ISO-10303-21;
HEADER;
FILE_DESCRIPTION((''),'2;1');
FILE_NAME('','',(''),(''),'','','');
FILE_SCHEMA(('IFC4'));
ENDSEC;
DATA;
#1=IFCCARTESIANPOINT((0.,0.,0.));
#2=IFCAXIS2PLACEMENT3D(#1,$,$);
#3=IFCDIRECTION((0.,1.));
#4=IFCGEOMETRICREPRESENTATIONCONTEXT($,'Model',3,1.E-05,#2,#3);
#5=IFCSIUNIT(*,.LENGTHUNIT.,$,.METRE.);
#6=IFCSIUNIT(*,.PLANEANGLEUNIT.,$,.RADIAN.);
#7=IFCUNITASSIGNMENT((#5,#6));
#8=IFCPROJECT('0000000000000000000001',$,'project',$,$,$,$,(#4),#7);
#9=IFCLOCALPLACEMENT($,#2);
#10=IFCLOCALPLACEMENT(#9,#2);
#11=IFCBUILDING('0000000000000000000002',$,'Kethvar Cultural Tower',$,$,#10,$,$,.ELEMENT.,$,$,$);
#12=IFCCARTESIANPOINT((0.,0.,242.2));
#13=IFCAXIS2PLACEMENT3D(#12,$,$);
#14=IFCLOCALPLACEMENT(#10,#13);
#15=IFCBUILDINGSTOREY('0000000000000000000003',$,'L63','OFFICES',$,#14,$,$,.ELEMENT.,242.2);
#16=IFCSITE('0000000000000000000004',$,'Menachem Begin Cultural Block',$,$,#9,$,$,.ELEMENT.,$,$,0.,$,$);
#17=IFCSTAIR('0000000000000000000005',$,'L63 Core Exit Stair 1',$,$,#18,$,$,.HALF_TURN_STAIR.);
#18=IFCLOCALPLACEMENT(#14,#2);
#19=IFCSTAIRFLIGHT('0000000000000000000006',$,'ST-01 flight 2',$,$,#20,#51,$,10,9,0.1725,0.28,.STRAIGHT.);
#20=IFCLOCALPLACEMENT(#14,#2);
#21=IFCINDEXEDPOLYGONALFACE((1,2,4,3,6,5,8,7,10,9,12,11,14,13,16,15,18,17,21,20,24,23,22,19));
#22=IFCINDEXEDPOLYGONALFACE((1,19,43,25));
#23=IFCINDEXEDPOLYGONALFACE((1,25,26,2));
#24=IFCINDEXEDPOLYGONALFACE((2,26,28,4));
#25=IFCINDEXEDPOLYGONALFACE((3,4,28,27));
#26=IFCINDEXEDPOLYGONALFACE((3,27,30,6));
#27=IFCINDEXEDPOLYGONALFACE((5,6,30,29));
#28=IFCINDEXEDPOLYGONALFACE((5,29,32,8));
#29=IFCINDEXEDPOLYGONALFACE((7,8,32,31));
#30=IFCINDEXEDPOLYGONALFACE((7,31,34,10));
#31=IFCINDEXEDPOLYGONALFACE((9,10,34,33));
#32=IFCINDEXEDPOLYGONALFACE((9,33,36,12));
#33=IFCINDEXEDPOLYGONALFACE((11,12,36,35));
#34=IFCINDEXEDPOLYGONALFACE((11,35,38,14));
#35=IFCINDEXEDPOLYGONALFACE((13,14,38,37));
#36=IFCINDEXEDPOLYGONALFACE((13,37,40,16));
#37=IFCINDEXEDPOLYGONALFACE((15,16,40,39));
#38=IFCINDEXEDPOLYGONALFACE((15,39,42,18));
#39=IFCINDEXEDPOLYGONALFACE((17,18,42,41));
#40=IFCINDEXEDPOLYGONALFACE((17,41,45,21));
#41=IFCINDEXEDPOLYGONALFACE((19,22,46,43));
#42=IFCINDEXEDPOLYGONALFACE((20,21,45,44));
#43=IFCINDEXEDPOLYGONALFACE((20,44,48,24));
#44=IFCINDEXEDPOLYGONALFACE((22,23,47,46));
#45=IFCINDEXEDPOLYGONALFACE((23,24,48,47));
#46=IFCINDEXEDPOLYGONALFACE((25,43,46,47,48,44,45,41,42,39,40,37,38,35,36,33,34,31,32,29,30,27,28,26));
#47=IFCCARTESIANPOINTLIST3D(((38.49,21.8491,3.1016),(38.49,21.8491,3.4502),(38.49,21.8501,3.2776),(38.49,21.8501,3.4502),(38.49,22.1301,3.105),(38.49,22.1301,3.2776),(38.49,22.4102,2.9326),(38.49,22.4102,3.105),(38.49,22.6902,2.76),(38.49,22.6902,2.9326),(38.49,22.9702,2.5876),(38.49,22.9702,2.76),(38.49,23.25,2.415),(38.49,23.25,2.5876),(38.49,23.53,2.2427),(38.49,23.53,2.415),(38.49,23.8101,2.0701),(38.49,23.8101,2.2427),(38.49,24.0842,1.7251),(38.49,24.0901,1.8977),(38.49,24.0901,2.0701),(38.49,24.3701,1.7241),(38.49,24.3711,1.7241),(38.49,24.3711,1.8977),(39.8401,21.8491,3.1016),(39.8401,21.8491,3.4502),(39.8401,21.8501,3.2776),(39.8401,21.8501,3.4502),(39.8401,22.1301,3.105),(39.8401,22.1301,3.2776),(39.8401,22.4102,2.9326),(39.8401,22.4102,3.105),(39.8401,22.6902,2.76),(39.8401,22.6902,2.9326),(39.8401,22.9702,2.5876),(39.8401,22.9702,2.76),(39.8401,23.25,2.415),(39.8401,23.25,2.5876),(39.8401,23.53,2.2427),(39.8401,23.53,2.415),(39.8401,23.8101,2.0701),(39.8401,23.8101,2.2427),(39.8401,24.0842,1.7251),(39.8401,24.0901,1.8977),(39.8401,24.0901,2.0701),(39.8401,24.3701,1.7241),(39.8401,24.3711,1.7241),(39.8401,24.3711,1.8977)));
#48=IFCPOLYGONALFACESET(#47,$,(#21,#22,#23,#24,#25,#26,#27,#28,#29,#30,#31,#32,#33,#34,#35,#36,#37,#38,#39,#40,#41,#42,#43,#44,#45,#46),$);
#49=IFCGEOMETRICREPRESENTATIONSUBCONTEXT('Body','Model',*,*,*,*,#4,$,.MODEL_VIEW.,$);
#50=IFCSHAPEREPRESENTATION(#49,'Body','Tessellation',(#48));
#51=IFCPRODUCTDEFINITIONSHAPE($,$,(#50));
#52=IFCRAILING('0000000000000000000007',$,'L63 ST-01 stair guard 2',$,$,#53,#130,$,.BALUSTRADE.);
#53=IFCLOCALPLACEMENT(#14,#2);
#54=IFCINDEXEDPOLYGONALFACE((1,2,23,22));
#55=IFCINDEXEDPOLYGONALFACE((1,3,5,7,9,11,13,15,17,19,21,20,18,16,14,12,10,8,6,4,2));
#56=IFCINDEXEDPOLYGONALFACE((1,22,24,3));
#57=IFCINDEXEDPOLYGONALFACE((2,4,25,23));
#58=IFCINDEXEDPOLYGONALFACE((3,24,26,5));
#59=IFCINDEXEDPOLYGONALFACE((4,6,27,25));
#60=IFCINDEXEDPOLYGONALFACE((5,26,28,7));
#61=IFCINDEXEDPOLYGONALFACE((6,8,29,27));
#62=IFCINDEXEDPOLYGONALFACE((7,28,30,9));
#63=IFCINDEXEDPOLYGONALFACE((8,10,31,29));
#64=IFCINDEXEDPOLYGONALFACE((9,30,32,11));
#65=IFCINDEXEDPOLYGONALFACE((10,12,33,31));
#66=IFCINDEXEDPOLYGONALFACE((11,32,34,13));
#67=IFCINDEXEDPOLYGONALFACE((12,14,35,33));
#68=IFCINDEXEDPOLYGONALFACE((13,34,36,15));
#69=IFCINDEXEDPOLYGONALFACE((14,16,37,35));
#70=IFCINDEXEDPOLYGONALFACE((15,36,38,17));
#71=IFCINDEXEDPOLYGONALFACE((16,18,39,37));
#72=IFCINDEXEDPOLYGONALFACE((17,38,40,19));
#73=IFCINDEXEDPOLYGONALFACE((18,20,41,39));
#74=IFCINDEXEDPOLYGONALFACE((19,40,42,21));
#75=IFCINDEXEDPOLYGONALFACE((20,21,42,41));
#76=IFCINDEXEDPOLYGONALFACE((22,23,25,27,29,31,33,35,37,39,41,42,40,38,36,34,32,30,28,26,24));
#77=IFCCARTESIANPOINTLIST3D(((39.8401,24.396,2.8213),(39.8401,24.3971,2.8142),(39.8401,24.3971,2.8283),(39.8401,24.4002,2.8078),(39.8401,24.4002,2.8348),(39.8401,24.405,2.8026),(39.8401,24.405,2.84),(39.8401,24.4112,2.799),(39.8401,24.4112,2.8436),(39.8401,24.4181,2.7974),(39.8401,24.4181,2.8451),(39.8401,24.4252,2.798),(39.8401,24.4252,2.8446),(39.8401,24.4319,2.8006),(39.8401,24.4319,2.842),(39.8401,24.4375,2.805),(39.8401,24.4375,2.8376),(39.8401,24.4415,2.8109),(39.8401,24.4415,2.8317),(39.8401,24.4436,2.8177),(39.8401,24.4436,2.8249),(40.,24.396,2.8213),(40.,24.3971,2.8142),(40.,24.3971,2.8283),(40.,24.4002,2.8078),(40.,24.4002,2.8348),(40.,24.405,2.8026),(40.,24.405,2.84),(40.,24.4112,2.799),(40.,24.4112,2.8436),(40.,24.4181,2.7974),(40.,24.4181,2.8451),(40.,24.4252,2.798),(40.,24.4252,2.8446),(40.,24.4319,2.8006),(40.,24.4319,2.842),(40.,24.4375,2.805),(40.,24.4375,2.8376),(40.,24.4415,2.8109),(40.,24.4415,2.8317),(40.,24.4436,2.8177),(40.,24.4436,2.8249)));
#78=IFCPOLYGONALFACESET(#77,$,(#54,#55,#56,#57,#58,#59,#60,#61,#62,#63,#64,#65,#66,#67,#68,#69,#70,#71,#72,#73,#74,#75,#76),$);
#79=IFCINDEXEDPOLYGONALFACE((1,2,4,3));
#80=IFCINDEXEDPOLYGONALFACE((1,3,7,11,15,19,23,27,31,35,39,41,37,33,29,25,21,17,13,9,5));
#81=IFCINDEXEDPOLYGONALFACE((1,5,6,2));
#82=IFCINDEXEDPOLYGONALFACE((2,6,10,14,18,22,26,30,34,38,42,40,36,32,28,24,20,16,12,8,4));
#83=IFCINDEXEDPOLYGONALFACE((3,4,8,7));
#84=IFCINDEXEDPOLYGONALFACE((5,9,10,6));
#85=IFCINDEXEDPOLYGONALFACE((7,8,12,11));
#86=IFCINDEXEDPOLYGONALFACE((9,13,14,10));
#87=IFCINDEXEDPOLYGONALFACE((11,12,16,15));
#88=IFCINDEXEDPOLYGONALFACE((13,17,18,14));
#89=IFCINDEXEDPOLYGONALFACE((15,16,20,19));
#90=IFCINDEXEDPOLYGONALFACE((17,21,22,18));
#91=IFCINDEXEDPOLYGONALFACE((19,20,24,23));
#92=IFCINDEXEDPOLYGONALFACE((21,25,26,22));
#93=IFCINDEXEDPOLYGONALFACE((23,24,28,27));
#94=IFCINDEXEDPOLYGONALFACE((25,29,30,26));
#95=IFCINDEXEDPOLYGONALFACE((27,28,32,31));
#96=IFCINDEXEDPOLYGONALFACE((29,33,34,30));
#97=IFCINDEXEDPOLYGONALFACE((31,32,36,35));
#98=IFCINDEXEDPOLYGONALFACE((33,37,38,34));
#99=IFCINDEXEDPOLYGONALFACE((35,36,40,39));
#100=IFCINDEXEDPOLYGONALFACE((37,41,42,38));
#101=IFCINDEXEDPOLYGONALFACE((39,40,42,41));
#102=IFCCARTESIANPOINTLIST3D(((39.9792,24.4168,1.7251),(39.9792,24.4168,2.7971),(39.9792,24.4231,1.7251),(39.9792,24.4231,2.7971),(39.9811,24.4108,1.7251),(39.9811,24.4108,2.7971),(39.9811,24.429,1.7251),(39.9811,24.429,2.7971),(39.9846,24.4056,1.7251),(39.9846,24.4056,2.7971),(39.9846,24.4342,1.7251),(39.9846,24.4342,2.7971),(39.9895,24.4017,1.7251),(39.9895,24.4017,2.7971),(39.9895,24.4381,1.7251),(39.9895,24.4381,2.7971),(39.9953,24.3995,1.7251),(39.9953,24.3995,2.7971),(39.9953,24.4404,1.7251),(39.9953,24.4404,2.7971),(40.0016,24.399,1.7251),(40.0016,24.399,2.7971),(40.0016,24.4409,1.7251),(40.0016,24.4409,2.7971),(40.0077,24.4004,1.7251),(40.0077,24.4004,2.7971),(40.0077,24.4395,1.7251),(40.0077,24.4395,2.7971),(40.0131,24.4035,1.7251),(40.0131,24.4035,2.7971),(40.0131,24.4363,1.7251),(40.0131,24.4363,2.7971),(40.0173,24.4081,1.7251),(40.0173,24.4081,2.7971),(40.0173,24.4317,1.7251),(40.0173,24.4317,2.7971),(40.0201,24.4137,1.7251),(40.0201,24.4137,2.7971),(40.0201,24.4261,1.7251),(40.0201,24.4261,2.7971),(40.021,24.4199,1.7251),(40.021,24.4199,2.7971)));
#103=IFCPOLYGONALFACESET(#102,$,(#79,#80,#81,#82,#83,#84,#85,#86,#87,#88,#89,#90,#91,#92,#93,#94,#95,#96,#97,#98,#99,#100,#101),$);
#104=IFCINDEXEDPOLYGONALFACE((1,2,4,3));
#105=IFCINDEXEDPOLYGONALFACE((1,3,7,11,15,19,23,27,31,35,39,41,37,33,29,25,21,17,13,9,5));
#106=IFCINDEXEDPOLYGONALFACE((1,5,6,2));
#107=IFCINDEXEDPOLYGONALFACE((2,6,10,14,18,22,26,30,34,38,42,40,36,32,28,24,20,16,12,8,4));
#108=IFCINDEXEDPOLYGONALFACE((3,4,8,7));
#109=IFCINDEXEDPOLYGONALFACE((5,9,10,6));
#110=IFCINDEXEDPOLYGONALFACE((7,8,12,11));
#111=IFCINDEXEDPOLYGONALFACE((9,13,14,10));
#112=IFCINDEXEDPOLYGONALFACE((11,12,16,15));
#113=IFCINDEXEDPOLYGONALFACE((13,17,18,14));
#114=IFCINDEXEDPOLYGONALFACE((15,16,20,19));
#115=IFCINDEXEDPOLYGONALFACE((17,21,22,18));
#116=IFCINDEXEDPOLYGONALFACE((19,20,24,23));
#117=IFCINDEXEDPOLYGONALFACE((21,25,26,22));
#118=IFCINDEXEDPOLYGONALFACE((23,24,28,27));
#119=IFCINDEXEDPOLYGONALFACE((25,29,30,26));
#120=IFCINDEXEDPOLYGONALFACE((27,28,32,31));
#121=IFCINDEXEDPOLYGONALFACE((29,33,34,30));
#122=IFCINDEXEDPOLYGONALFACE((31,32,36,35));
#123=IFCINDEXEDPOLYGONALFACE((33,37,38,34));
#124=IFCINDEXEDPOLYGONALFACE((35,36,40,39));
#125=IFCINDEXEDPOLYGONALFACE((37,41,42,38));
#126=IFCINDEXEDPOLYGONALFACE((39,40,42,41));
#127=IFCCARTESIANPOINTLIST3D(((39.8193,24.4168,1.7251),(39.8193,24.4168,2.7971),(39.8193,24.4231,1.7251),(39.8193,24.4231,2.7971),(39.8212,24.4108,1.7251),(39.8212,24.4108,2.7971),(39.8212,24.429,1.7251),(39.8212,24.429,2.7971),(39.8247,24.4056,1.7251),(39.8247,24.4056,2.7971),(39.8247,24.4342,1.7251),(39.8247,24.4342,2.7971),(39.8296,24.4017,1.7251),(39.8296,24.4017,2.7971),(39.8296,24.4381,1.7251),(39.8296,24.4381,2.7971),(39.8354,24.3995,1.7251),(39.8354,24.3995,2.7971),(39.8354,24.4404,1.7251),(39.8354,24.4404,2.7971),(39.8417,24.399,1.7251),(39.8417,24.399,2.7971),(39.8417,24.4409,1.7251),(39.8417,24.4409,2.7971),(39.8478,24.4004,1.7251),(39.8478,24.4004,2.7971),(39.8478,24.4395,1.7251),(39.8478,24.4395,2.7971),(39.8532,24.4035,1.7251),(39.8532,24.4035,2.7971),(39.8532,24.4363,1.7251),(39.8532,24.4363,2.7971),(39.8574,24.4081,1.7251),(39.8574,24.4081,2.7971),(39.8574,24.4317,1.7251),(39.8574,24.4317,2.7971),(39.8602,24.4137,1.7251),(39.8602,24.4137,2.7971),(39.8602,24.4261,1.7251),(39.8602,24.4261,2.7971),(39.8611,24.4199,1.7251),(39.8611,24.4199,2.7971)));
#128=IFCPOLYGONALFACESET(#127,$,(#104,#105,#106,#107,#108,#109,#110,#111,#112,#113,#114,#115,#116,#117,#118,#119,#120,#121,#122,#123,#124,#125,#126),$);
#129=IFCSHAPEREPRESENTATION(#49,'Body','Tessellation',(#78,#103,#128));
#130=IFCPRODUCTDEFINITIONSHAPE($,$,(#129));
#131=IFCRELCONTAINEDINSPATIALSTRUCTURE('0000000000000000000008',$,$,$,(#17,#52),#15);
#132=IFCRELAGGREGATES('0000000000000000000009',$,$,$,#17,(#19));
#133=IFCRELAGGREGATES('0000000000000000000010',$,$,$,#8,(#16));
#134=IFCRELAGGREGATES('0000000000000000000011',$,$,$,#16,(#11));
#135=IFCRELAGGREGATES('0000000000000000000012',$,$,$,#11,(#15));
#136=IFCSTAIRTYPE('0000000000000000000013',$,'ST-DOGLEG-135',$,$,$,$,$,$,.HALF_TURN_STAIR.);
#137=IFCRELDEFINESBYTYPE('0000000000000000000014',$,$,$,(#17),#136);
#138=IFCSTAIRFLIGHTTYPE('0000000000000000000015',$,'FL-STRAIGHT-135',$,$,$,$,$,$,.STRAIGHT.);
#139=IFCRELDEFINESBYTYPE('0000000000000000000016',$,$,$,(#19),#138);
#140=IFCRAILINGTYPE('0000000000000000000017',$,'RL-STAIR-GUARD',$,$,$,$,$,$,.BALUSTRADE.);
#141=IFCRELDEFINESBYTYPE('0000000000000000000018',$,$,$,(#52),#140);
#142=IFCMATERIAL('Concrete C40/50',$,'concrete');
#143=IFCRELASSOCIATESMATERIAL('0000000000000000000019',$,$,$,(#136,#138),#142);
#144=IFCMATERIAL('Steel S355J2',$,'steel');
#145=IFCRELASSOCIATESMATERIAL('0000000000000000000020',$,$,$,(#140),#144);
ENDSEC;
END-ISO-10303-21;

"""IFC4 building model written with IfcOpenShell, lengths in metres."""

from ifc_helpers import new_model, si_unit, direction, frame, origin, origin_2d, place, context, subcontext, project, spatial, polyline, circle, outline, extrude, material, type_object, element, aggregate, save


model = new_model("IFC4")

# Units and contexts
model_context = context("Model", 3, precision=1e-05, world=origin(), true_north=direction((0.0, 1.0)))
body_context = subcontext(model_context, "Body", "Model", "MODEL_VIEW")
ifc_project = project(units=[si_unit("LENGTHUNIT", "METRE"), si_unit("PLANEANGLEUNIT", "RADIAN")], contexts=[model_context])

# Site, building, storey
site_placement = place(None, origin())
site = spatial("IfcSite", under=ifc_project, at=site_placement, Name="Menachem Begin Cultural Block", CompositionType="ELEMENT", RefElevation=0.0)
building_placement = place(site_placement, origin())
building = spatial("IfcBuilding", under=site, at=building_placement, Name="Kethvar Cultural Tower", CompositionType="ELEMENT")
storey_placement = place(building_placement, frame((0.0, 0.0, 242.2)))
storey = spatial("IfcBuildingStorey", under=building, at=storey_placement, Name="L63", Description="OFFICES", CompositionType="ELEMENT", Elevation=242.2)

# Shared definitions
ifc_material_1 = material(Name="Steel S355J2", Category="steel")

# Shared definitions
ifc_material_2 = material(Name="Concrete C40/50", Category="concrete")

# Stair, stair flight
stair_type = type_object("IfcStairType", Name="ST-DOGLEG-135", PredefinedType="HALF_TURN_STAIR", material=ifc_material_2)
stair_placement = place(storey_placement, origin())
stair = element("IfcStair", 1, at=stair_placement, inside=storey, type_object=stair_type, Name="L63 Core Exit Stair 1", PredefinedType="HALF_TURN_STAIR")
stair_flight_type = type_object("IfcStairFlightType", Name="FL-STRAIGHT-135", PredefinedType="STRAIGHT", material=ifc_material_2)
stair_flight_placement = place(storey_placement, frame((39.165, 24.3701, 1.7251), z_axis=(0.0, 0.0, 1.0), x_axis=(0.0, -1.0, 0.0)))
stair_flight = element("IfcStairFlight", 2, at=stair_flight_placement, type_object=stair_flight_type, Name="ST-01 flight 2", NumberOfRisers=10, NumberOfTreads=9, PredefinedType="STRAIGHT", RiserHeight=0.1725, TreadLength=0.28, context=body_context, shape_type="SweptSolid", body=[
    extrude(outline(polyline([(-0.001, -0.001), (-0.001, 0.1726), (0.28, 0.1726), (0.28, 0.345), (0.5601, 0.345), (0.5601, 0.5176), (0.8401, 0.5176), (0.8401, 0.6899), (1.1201, 0.6899), (1.1201, 0.8625), (1.3999, 0.8625), (1.3999, 1.0349), (1.6799, 1.0349), (1.6799, 1.2075), (1.96, 1.2075), (1.96, 1.3799), (2.24, 1.3799), (2.24, 1.5525), (2.52, 1.5525), (2.52, 1.7251), (2.521, 1.7251), (2.521, 1.3765), (0.2859, 0.0), (0.0, -0.001), (-0.001, -0.001)])), frame((0.0, 0.675, 0.0), z_axis=(0.0, -1.0, 0.0), x_axis=(1.0, 0.0, 0.0)), (0.0, 0.0, 1.0), 1.3501),
])
aggregate(stair, [stair_flight])

# Railing
railing_type_1 = type_object("IfcRailingType", Name="RL-STAIR-GUARD", PredefinedType="BALUSTRADE", material=ifc_material_1)
railing_1_placement = place(storey_placement, frame((40.0, 24.4199, 1.7251)))
element("IfcRailing", 3, at=railing_1_placement, inside=storey, type_object=railing_type_1, Name="L63 ST-01 stair guard 2", PredefinedType="BALUSTRADE", context=body_context, shape_type="SweptSolid", body=[
    extrude(circle(Radius=0.0239, at=origin_2d()), frame((0.0, 0.0, 1.0962), z_axis=(-1.0, 0.0, 0.0), x_axis=(0.0, -1.0, 0.0)), (0.0, 0.0, 1.0), 0.1599),
    extrude(circle(Radius=0.021, at=origin_2d()), origin(), (0.0, 0.0, 1.0), 1.072),
    extrude(circle(Radius=0.021, at=origin_2d()), frame((-0.1599, 0.0, 0.0)), (0.0, 0.0, 1.0), 1.072),
])

save(model, "model.ifc")
